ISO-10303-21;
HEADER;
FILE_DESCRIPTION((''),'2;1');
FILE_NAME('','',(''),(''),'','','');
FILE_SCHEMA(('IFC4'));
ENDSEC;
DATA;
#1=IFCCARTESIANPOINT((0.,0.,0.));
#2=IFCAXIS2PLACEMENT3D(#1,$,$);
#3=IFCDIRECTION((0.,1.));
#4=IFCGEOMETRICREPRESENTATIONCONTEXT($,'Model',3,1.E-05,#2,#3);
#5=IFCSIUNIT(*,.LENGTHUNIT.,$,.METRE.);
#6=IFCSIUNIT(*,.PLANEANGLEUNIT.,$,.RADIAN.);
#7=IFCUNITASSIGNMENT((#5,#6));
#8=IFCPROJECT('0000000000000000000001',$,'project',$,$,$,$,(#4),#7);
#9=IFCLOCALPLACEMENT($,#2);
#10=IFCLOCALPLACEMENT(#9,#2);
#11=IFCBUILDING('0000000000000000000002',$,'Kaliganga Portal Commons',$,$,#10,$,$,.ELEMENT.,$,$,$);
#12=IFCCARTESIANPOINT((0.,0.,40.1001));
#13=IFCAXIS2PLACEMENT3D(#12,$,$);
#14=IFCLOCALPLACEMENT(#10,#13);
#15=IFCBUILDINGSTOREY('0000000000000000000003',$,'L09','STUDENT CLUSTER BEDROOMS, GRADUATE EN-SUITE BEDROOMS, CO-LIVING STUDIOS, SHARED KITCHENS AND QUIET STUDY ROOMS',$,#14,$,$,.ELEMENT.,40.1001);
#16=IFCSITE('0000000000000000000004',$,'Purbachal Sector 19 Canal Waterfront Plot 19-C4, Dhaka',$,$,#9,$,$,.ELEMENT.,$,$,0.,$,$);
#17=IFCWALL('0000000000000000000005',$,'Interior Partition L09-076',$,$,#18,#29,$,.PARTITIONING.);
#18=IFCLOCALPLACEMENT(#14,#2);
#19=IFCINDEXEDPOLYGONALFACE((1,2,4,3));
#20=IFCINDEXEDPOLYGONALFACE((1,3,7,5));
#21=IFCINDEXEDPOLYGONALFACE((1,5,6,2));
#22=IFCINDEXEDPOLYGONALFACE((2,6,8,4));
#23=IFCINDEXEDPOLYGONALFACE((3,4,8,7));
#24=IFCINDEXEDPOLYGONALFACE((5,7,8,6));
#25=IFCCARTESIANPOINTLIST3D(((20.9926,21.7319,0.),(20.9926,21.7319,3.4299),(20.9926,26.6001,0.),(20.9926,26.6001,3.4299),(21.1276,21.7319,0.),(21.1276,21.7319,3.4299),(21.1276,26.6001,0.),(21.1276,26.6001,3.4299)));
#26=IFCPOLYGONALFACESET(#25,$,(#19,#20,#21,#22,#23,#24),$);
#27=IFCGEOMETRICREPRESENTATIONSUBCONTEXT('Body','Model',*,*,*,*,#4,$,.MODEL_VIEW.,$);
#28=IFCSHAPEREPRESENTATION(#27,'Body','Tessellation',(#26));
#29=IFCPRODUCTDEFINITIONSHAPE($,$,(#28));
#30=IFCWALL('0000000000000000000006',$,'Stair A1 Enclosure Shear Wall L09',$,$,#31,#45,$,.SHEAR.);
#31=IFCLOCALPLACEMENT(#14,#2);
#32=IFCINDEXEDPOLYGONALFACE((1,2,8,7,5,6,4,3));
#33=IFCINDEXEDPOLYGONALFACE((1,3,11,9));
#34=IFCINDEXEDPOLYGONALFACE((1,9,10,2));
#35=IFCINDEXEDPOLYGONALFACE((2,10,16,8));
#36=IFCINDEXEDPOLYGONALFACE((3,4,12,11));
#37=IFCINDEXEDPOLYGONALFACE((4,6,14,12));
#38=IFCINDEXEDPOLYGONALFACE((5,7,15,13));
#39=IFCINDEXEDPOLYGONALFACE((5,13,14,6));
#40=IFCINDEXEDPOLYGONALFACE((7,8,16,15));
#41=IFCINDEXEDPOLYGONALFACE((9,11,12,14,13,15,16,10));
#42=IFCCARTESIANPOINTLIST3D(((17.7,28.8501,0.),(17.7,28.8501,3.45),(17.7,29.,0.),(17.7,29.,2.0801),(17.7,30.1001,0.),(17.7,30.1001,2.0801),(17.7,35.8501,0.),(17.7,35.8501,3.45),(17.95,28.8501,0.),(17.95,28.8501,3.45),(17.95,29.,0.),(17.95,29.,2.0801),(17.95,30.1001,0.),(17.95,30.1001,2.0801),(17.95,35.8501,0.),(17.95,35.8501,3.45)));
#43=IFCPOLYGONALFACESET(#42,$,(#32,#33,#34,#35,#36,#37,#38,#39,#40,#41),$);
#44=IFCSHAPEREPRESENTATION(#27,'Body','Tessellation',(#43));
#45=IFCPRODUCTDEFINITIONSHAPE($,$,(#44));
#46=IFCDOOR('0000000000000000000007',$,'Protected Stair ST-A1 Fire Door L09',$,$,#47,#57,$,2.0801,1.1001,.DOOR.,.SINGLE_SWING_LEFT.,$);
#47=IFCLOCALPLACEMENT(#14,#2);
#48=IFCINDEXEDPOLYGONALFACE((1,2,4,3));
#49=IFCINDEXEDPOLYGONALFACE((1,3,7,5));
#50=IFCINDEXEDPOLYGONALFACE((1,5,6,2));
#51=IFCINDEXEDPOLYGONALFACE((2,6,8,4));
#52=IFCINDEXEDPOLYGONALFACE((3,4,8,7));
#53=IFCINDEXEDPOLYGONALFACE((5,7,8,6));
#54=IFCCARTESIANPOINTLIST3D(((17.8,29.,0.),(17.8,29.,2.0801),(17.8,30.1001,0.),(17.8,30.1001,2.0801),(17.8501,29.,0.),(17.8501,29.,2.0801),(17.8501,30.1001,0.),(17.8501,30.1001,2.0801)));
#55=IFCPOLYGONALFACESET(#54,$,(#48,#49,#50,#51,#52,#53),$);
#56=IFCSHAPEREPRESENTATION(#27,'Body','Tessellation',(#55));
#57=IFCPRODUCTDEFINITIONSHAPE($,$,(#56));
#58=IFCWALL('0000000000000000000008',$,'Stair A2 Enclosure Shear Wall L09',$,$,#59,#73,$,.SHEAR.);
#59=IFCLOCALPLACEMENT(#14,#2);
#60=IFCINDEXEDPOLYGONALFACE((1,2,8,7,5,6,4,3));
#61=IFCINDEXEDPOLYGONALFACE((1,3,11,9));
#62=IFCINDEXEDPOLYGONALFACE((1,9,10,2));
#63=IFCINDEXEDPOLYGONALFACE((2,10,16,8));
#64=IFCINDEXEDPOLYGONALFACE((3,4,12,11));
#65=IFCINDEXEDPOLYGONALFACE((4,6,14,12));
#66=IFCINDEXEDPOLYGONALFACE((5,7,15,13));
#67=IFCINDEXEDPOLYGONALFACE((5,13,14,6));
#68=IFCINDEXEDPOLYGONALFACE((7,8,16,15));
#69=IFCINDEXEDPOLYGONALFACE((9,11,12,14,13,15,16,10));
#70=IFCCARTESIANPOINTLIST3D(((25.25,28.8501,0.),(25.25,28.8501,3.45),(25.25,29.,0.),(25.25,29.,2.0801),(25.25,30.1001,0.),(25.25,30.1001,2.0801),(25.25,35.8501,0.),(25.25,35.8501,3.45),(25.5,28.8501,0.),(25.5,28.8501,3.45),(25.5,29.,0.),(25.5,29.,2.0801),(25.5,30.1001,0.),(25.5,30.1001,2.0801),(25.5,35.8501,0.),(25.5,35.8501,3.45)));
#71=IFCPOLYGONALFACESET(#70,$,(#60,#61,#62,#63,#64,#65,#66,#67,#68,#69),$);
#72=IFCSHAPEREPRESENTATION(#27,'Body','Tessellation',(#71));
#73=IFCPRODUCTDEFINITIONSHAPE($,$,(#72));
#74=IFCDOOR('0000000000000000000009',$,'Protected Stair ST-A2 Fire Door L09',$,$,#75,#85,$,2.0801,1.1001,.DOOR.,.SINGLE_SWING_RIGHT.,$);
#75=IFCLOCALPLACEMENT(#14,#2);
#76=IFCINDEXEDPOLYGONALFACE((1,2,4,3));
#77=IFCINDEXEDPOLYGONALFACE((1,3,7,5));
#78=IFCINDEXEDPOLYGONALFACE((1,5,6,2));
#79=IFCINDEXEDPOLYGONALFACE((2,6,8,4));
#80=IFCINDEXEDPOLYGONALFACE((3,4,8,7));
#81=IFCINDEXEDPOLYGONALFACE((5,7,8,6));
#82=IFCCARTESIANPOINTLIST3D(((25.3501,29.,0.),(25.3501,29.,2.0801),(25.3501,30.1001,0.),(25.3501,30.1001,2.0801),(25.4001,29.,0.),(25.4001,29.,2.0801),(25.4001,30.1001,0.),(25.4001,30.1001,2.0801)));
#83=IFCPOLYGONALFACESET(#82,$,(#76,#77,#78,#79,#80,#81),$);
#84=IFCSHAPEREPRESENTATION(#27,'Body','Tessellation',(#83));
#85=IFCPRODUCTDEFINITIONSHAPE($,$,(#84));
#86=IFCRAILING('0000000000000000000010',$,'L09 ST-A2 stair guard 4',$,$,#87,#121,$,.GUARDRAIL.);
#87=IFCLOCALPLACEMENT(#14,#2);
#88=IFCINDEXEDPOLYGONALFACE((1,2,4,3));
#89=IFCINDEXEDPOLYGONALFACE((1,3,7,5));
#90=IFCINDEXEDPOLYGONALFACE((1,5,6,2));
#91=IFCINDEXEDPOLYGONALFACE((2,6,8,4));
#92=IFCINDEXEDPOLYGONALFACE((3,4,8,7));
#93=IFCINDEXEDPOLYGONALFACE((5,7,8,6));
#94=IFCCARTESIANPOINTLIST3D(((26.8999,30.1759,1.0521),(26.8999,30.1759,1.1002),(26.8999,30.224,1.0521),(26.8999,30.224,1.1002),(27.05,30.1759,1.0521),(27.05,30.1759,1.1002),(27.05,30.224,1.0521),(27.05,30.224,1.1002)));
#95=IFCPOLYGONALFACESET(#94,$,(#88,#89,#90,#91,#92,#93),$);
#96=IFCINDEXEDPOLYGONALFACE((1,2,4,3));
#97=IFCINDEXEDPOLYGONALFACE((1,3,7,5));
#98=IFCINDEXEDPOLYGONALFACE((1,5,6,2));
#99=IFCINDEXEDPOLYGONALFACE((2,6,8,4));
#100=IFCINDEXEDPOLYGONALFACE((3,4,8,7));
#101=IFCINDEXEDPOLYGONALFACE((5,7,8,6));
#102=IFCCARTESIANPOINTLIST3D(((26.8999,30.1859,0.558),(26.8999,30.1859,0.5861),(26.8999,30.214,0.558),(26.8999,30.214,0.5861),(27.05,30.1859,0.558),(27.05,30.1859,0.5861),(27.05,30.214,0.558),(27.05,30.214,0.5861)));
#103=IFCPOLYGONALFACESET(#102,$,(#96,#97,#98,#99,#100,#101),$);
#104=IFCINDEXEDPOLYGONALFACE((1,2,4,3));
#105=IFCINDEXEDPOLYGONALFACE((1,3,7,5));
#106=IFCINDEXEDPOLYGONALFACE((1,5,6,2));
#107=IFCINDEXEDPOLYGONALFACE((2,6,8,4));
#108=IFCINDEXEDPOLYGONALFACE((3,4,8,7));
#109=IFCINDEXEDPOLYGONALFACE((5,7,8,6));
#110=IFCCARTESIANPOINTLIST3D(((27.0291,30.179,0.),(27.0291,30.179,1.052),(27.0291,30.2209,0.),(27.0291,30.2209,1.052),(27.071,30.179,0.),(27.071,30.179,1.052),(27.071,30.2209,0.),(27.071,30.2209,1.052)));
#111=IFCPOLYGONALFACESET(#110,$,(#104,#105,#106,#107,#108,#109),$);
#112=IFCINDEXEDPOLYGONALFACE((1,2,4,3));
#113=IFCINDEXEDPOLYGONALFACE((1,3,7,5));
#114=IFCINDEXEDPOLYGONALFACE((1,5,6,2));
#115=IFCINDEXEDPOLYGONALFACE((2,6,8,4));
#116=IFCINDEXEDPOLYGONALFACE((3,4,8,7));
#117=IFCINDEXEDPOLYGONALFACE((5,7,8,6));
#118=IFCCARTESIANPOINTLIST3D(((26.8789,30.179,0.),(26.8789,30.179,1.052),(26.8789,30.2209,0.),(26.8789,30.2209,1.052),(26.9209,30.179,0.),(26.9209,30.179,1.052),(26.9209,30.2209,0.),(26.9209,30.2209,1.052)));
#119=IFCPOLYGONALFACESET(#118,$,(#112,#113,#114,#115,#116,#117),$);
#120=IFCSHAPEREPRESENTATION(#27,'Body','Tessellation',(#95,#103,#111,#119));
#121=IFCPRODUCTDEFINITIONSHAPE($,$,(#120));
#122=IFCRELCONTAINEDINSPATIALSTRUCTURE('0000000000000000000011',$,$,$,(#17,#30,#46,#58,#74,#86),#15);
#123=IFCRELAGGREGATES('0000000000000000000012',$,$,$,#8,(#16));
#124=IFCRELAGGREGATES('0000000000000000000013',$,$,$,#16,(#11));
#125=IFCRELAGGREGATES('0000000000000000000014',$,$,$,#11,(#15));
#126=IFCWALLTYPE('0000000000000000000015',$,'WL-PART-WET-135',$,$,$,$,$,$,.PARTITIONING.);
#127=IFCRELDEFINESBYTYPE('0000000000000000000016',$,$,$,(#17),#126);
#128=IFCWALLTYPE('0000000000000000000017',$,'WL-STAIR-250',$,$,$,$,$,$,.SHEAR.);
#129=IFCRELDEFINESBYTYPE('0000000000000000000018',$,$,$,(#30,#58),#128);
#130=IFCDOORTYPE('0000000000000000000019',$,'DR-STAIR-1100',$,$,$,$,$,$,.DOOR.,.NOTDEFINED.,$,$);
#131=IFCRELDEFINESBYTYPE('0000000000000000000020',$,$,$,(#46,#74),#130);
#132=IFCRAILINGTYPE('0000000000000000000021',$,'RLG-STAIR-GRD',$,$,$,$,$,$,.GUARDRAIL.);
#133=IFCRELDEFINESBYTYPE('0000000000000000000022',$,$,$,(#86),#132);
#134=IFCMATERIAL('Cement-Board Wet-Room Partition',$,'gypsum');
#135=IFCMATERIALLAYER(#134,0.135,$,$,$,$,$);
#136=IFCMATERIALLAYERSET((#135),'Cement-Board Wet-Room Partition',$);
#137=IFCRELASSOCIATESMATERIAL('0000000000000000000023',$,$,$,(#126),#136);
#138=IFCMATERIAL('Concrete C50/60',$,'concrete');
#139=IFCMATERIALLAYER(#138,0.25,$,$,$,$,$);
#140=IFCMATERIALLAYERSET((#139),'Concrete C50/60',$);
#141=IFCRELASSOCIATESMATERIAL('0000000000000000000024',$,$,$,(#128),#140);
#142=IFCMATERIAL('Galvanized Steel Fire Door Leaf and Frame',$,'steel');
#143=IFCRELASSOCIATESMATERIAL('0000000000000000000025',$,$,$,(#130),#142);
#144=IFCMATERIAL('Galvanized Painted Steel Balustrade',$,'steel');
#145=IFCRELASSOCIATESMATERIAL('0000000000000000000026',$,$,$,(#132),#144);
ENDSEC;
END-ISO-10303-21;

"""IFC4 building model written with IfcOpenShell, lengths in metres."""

from ifc_helpers import new_model, si_unit, direction, frame, frame_2d, origin, origin_2d, place, context, subcontext, project, spatial, rectangle, extrude, material, layer, layer_set, type_object, element, fill, save


model = new_model("IFC4")

# Units and contexts
model_context = context("Model", 3, precision=1e-05, world=origin(), true_north=direction((0.0, 1.0)))
body_context = subcontext(model_context, "Body", "Model", "MODEL_VIEW")
ifc_project = project(units=[si_unit("LENGTHUNIT", "METRE"), si_unit("PLANEANGLEUNIT", "RADIAN")], contexts=[model_context])

# Site, building, storey
site_placement = place(None, origin())
site = spatial("IfcSite", under=ifc_project, at=site_placement, Name="Purbachal Sector 19 Canal Waterfront Plot 19-C4, Dhaka", CompositionType="ELEMENT", RefElevation=0.0)
building_placement = place(site_placement, origin())
building = spatial("IfcBuilding", under=site, at=building_placement, Name="Kaliganga Portal Commons", CompositionType="ELEMENT")
storey_placement = place(building_placement, frame((0.0, 0.0, 40.1001)))
storey = spatial("IfcBuildingStorey", under=building, at=storey_placement, Name="L09", Description="STUDENT CLUSTER BEDROOMS, GRADUATE EN-SUITE BEDROOMS, CO-LIVING STUDIOS, SHARED KITCHENS AND QUIET STUDY ROOMS", CompositionType="ELEMENT", Elevation=40.1001)

# Wall
ifc_material_1 = material(Name="Cement-Board Wet-Room Partition", Category="gypsum")
ifc_layer_1 = layer(ifc_material_1, 0.135)
ifc_layer_set_1 = layer_set([ifc_layer_1], Name="Cement-Board Wet-Room Partition")
wall_type_1 = type_object("IfcWallType", Name="WL-PART-WET-135", PredefinedType="PARTITIONING", material=ifc_layer_set_1)
for number, where, z_axis, x_axis, name in (
    (1, (21.0601, 21.7319, 0.0), (0.0, 0.0, 1.0), (0.0, 1.0, 0.0), "Interior Partition L09-076"),
):
    element("IfcWall", number, at=place(storey_placement, frame(where, z_axis=z_axis, x_axis=x_axis)), inside=storey, type_object=wall_type_1, Name=name, PredefinedType="PARTITIONING", context=body_context, shape_type="SweptSolid", body=[
        extrude(rectangle(XDim=4.8682, YDim=0.135, at=frame_2d((2.4341, 0.0))), origin(), (0.0, 0.0, 1.0), 3.4299),
    ])

# Walls, openings, doors
ifc_material_2 = material(Name="Concrete C50/60", Category="concrete")
ifc_layer_2 = layer(ifc_material_2, 0.25)
ifc_layer_set_2 = layer_set([ifc_layer_2], Name="Concrete C50/60")
wall_type_2 = type_object("IfcWallType", Name="WL-STAIR-250", PredefinedType="SHEAR", material=ifc_layer_set_2)
wall_1_placement = place(storey_placement, frame((17.825, 28.8501, 0.0), z_axis=(0.0, 0.0, 1.0), x_axis=(0.0, 1.0, 0.0)))
wall_1 = element("IfcWall", 2, at=wall_1_placement, inside=storey, type_object=wall_type_2, Name="Stair A1 Enclosure Shear Wall L09", PredefinedType="SHEAR", context=body_context, shape_type="SweptSolid", body=[
    extrude(rectangle(XDim=7.0, YDim=0.25, at=frame_2d((3.5, 0.0))), origin(), (0.0, 0.0, 1.0), 3.45),
])
opening_1_placement = place(wall_1_placement, frame((0.1499, 0.0, 0.0)))
opening_1 = element("IfcOpeningElement", 3, at=opening_1_placement, cuts=wall_1, PredefinedType="OPENING", context=body_context, shape_type="SweptSolid", body=[
    extrude(rectangle(XDim=1.1001, YDim=2.0801, at=frame_2d((0.55, 1.04))), frame((0.0, 0.135, 0.0), z_axis=(0.0, -1.0, 0.0), x_axis=(1.0, 0.0, 0.0)), (0.0, 0.0, 1.0), 0.27),
])
ifc_material_3 = material(Name="Galvanized Steel Fire Door Leaf and Frame", Category="steel")
door_type_1 = type_object("IfcDoorType", Name="DR-STAIR-1100", OperationType="NOTDEFINED", PredefinedType="DOOR", material=ifc_material_3)
door_1_placement = place(opening_1_placement, origin())
door_1 = element("IfcDoor", 4, at=door_1_placement, inside=storey, type_object=door_type_1, Name="Protected Stair ST-A1 Fire Door L09", OperationType="SINGLE_SWING_LEFT", OverallHeight=2.0801, OverallWidth=1.1001, PredefinedType="DOOR", context=body_context, shape_type="SweptSolid", body=[
    extrude(rectangle(XDim=1.1001, YDim=2.0801, at=frame_2d((0.55, 1.04))), frame((0.0, 0.0249, 0.0), z_axis=(0.0, -1.0, 0.0), x_axis=(1.0, 0.0, 0.0)), (0.0, 0.0, 1.0), 0.05),
])
fill(opening_1, door_1)
wall_2_placement = place(storey_placement, frame((25.375, 28.8501, 0.0), z_axis=(0.0, 0.0, 1.0), x_axis=(0.0, 1.0, 0.0)))
wall_2 = element("IfcWall", 5, at=wall_2_placement, inside=storey, type_object=wall_type_2, Name="Stair A2 Enclosure Shear Wall L09", PredefinedType="SHEAR", context=body_context, shape_type="SweptSolid", body=[
    extrude(rectangle(XDim=7.0, YDim=0.25, at=frame_2d((3.5, 0.0))), origin(), (0.0, 0.0, 1.0), 3.45),
])
opening_2_placement = place(wall_2_placement, frame((0.1499, 0.0, 0.0)))
opening_2 = element("IfcOpeningElement", 6, at=opening_2_placement, cuts=wall_2, PredefinedType="OPENING", context=body_context, shape_type="SweptSolid", body=[
    extrude(rectangle(XDim=1.1001, YDim=2.0801, at=frame_2d((0.55, 1.04))), frame((0.0, 0.135, 0.0), z_axis=(0.0, -1.0, 0.0), x_axis=(1.0, 0.0, 0.0)), (0.0, 0.0, 1.0), 0.27),
])
door_2_placement = place(opening_2_placement, origin())
door_2 = element("IfcDoor", 7, at=door_2_placement, inside=storey, type_object=door_type_1, Name="Protected Stair ST-A2 Fire Door L09", OperationType="SINGLE_SWING_RIGHT", OverallHeight=2.0801, OverallWidth=1.1001, PredefinedType="DOOR", context=body_context, shape_type="SweptSolid", body=[
    extrude(rectangle(XDim=1.1001, YDim=2.0801, at=frame_2d((0.55, 1.04))), frame((0.0, 0.0249, 0.0), z_axis=(0.0, -1.0, 0.0), x_axis=(1.0, 0.0, 0.0)), (0.0, 0.0, 1.0), 0.05),
])
fill(opening_2, door_2)

# Railing
ifc_material_4 = material(Name="Galvanized Painted Steel Balustrade", Category="steel")
railing_type = type_object("IfcRailingType", Name="RLG-STAIR-GRD", PredefinedType="GUARDRAIL", material=ifc_material_4)
railing_placement = place(storey_placement, frame((27.05, 30.2, 0.0)))
element("IfcRailing", 8, at=railing_placement, inside=storey, type_object=railing_type, Name="L09 ST-A2 stair guard 4", PredefinedType="GUARDRAIL", context=body_context, shape_type="SweptSolid", body=[
    extrude(rectangle(XDim=0.0481, YDim=0.0481, at=origin_2d()), frame((0.0, 0.0, 1.0762), z_axis=(-1.0, 0.0, 0.0), x_axis=(0.0, -1.0, 0.0)), (0.0, 0.0, 1.0), 0.1501),
    extrude(rectangle(XDim=0.0281, YDim=0.0281, at=origin_2d()), frame((0.0, 0.0, 0.572), z_axis=(-1.0, 0.0, 0.0), x_axis=(0.0, -1.0, 0.0)), (0.0, 0.0, 1.0), 0.1501),
    extrude(rectangle(XDim=0.042, YDim=0.042, at=origin_2d()), origin(), (0.0, 0.0, 1.0), 1.052),
    extrude(rectangle(XDim=0.042, YDim=0.042, at=origin_2d()), frame((-0.1501, 0.0, 0.0)), (0.0, 0.0, 1.0), 1.052),
])

save(model, "model.ifc")
